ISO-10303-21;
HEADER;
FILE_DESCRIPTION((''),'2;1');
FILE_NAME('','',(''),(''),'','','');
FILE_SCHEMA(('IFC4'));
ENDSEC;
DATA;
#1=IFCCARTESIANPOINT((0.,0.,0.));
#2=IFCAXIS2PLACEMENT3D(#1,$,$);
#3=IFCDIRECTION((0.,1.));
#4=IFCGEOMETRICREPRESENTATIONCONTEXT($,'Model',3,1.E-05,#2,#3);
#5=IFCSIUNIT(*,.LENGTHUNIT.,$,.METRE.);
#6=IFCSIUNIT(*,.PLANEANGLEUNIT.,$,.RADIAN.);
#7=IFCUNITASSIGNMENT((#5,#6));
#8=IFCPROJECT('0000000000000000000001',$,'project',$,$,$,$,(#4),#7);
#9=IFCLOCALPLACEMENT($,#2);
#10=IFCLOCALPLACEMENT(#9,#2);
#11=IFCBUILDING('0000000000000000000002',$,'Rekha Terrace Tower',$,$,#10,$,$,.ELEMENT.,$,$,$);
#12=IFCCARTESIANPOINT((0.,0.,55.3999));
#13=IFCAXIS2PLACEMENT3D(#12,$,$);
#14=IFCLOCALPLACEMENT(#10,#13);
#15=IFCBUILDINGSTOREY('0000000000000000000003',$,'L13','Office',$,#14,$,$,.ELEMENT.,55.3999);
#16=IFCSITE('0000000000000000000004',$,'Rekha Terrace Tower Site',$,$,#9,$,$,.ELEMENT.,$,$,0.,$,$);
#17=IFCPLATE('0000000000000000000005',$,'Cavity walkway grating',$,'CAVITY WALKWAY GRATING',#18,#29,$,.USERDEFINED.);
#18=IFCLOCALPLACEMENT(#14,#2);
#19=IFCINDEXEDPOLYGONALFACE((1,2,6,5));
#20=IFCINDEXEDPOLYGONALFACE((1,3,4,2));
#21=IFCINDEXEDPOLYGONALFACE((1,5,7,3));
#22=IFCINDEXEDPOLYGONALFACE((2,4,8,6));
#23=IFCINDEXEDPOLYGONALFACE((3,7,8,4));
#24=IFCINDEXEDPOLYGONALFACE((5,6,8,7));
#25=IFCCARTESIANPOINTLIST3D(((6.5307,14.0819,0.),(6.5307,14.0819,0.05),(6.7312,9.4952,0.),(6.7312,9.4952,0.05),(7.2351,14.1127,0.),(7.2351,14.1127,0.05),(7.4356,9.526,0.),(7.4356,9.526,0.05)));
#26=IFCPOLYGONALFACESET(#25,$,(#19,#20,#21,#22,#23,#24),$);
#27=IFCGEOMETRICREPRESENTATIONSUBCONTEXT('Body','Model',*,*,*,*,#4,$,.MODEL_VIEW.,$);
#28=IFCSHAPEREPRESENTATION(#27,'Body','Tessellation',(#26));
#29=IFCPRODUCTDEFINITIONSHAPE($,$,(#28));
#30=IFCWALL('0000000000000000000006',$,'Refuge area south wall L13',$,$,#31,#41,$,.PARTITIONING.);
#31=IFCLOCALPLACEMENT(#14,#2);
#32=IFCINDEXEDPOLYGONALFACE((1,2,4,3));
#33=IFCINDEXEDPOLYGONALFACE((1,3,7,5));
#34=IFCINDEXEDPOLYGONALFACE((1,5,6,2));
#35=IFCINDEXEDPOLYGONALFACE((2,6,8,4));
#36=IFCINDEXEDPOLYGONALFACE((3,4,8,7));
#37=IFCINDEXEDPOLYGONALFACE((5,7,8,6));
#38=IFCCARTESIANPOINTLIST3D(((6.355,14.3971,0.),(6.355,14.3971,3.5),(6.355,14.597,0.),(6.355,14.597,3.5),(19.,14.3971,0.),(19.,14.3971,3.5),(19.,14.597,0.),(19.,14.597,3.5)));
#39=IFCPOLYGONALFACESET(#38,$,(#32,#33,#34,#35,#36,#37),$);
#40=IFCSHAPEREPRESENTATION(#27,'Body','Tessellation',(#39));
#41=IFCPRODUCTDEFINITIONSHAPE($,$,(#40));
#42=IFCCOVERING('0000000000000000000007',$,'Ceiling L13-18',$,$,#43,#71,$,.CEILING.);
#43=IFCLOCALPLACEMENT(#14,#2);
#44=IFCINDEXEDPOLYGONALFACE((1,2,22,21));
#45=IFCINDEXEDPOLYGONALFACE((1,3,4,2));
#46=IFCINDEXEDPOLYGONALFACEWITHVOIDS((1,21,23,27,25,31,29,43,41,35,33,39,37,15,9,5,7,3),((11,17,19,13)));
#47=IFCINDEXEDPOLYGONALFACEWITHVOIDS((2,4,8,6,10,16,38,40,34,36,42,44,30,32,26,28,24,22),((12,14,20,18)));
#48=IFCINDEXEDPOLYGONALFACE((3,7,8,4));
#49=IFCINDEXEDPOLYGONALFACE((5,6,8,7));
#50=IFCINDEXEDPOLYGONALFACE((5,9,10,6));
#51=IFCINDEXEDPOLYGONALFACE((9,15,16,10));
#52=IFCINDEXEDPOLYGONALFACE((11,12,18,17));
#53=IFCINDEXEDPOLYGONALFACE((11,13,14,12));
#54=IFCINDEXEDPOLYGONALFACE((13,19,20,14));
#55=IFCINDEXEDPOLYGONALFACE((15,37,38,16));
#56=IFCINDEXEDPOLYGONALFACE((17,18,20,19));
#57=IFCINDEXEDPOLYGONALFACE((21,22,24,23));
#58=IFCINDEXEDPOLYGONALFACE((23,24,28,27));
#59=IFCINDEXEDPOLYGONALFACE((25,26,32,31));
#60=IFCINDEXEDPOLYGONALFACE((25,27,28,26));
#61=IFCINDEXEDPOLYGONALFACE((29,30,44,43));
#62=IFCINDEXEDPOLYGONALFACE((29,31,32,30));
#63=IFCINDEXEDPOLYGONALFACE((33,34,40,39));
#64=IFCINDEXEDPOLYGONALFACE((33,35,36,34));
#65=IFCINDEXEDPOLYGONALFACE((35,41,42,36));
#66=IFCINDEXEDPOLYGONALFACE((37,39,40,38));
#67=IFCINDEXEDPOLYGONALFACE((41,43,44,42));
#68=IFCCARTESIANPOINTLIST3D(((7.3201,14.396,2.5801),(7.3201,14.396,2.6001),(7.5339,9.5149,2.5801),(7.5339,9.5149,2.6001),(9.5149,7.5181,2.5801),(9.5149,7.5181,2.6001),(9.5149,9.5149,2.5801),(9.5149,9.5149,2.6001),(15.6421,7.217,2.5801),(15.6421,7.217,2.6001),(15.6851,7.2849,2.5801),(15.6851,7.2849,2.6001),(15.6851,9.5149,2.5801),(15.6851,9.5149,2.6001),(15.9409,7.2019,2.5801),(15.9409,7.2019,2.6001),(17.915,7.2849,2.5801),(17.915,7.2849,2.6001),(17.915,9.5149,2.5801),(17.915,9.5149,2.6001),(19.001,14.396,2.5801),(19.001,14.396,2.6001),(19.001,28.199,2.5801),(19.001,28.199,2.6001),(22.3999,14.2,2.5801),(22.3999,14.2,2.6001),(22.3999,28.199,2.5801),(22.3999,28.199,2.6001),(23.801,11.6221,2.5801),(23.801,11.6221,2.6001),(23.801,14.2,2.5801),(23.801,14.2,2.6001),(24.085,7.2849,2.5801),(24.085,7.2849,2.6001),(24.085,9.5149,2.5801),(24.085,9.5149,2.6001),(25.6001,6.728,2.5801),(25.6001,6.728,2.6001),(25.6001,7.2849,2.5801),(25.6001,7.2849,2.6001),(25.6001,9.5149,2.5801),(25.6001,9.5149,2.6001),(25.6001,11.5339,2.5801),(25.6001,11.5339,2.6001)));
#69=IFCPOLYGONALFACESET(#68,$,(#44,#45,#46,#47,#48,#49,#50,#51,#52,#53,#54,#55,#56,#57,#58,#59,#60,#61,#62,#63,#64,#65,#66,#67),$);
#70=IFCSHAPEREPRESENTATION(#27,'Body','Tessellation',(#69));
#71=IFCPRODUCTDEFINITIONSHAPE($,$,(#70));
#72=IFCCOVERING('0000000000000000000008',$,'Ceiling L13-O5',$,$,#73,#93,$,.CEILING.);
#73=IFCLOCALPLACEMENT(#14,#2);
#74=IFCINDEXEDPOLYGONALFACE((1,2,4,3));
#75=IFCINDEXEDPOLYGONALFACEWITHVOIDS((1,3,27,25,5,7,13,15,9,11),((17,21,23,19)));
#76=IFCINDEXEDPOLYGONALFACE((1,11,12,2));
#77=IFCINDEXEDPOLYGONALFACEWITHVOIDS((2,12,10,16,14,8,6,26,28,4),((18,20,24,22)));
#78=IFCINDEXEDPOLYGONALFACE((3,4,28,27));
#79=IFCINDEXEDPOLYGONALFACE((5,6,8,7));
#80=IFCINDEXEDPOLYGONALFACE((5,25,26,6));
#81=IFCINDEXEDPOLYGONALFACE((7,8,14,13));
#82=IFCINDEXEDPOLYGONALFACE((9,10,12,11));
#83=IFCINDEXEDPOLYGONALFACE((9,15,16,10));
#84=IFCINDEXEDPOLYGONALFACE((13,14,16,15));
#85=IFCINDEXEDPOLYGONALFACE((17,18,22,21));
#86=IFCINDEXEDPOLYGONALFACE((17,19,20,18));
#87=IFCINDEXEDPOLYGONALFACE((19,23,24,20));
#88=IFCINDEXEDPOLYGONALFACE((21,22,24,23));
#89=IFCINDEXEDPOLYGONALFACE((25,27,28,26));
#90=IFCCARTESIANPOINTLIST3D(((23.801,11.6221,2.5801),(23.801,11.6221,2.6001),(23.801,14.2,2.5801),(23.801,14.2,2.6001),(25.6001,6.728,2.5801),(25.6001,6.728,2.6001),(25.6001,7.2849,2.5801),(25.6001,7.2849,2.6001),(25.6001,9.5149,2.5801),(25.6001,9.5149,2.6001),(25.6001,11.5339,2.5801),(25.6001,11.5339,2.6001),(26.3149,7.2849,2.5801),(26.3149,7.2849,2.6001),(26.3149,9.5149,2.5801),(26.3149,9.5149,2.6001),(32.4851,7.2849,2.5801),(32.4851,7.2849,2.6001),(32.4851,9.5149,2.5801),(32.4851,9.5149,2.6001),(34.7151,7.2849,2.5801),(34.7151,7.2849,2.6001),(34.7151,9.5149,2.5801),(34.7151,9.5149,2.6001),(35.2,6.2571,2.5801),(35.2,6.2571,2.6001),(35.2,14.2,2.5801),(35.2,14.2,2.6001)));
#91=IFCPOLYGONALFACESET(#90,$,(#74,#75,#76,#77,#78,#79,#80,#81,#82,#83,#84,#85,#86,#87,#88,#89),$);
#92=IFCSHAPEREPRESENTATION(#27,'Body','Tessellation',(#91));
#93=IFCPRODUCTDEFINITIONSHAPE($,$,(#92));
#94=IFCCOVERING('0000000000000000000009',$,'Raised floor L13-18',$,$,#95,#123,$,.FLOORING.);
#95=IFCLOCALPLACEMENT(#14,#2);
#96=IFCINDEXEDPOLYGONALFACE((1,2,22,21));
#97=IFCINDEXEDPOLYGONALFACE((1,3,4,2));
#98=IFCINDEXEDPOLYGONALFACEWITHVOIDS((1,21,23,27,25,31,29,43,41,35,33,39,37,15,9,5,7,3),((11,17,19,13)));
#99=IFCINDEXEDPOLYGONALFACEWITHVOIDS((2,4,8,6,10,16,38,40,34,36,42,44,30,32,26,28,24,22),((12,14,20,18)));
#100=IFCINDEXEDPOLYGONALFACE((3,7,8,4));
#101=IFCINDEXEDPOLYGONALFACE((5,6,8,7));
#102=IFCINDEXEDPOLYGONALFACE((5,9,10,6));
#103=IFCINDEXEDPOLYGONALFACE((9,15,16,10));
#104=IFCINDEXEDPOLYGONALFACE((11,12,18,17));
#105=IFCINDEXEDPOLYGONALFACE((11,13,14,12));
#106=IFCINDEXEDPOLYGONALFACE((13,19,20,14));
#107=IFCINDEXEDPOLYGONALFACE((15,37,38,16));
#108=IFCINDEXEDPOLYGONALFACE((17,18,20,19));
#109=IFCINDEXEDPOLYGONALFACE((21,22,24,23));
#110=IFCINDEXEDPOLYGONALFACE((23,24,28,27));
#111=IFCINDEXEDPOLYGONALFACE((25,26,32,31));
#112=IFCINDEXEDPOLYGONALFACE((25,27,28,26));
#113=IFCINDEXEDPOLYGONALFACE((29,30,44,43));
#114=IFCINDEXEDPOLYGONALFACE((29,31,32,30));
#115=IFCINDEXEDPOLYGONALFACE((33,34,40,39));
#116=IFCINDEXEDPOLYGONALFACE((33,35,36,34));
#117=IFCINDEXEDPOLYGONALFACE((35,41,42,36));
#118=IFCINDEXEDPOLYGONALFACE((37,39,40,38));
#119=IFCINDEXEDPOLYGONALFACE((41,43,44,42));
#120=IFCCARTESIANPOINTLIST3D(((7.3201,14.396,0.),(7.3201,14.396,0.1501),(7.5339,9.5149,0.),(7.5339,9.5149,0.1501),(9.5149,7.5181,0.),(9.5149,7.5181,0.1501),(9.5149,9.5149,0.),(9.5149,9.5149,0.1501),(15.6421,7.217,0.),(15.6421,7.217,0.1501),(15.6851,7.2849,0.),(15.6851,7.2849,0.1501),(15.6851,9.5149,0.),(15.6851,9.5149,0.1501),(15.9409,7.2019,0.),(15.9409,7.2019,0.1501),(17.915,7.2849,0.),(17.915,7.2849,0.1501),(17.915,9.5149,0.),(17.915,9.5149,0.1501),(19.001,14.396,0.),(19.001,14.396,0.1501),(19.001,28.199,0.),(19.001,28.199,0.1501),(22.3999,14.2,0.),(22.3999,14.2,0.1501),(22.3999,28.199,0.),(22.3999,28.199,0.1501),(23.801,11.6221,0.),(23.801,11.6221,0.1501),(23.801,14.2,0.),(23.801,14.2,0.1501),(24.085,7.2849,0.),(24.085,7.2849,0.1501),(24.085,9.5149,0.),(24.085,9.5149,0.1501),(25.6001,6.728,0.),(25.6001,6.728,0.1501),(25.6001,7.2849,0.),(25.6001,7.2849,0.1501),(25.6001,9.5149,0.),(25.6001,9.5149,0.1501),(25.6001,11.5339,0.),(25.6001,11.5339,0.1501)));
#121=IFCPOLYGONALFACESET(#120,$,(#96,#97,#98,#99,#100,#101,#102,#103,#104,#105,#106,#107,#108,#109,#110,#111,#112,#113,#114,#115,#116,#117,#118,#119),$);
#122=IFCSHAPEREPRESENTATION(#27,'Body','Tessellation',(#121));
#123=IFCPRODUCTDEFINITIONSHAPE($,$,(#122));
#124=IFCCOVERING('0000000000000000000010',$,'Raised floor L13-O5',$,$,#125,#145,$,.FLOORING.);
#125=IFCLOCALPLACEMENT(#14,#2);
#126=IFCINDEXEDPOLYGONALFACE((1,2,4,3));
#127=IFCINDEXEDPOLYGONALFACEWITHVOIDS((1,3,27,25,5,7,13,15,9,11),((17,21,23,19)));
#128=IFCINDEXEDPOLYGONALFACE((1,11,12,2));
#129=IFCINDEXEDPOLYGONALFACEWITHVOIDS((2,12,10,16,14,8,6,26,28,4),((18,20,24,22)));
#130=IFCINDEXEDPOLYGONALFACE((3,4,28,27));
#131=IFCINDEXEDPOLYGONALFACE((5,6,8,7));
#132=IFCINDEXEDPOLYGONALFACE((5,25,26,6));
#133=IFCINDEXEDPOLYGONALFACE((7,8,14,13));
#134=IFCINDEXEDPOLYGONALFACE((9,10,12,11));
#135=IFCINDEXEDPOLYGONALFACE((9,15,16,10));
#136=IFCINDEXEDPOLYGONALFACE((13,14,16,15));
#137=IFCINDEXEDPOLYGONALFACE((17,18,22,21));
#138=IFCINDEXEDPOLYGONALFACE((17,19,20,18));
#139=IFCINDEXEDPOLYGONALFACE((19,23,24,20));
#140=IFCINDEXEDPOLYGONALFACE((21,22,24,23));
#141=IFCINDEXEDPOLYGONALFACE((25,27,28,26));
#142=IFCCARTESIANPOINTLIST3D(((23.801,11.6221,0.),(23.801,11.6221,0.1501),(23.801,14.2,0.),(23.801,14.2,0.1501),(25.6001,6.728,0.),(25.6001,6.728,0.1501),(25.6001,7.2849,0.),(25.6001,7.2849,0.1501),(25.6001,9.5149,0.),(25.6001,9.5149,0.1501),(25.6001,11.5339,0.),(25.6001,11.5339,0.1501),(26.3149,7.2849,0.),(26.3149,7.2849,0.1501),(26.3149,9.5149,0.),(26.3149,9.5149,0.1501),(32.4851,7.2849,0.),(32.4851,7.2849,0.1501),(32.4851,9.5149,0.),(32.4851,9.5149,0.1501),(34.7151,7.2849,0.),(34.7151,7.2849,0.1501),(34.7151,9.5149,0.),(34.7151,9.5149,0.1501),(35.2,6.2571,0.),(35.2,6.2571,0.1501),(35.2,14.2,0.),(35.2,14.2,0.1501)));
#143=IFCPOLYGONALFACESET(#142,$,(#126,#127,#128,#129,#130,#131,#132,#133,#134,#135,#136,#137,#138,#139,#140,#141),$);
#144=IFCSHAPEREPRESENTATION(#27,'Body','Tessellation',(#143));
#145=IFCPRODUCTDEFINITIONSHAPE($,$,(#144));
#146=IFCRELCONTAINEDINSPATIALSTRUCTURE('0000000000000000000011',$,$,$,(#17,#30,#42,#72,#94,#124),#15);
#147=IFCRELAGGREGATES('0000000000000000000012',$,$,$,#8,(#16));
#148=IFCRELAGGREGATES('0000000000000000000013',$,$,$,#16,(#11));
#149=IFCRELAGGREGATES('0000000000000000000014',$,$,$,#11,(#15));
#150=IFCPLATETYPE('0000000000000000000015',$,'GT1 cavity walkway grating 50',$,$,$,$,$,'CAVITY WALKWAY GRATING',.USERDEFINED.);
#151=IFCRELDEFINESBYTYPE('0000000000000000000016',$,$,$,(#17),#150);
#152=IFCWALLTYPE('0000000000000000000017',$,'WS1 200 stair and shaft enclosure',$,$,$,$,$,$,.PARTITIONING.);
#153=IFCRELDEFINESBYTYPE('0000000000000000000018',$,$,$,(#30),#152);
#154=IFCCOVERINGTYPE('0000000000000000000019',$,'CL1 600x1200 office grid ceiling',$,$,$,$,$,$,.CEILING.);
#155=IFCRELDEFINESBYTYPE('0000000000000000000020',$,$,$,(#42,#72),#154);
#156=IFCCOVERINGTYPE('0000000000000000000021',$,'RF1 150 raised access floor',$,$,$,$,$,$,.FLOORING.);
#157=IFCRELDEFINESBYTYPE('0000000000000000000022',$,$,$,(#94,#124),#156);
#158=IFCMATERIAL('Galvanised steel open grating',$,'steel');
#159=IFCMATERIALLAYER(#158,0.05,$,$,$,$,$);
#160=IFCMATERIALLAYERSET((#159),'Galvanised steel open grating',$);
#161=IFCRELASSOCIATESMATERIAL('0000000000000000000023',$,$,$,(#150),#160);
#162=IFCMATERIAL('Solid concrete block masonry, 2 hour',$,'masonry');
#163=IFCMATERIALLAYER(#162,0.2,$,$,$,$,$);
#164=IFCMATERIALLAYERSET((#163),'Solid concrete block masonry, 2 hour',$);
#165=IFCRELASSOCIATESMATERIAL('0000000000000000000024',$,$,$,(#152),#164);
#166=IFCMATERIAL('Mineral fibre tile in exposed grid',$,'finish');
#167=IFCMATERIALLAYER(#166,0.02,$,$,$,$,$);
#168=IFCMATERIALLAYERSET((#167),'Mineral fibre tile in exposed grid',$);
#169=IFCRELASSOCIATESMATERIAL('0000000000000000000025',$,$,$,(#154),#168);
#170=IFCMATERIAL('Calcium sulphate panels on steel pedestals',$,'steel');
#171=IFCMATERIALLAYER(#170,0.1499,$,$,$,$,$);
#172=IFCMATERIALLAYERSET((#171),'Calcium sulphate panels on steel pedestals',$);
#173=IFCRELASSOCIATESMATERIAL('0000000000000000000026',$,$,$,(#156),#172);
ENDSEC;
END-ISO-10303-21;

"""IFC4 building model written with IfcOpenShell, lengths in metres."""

from ifc_helpers import new_model, si_unit, direction, frame, frame_2d, origin, origin_2d, place, context, subcontext, project, spatial, polyline, rectangle, outline, extrude, material, layer, layer_set, type_object, element, save


model = new_model("IFC4")

# Units and contexts
model_context = context("Model", 3, precision=1e-05, world=origin(), true_north=direction((0.0, 1.0)))
body_context = subcontext(model_context, "Body", "Model", "MODEL_VIEW")
ifc_project = project(units=[si_unit("LENGTHUNIT", "METRE"), si_unit("PLANEANGLEUNIT", "RADIAN")], contexts=[model_context])

# Site, building, storey
site_placement = place(None, origin())
site = spatial("IfcSite", under=ifc_project, at=site_placement, Name="Rekha Terrace Tower Site", CompositionType="ELEMENT", RefElevation=0.0)
building_placement = place(site_placement, origin())
building = spatial("IfcBuilding", under=site, at=building_placement, Name="Rekha Terrace Tower", CompositionType="ELEMENT")
storey_placement = place(building_placement, frame((0.0, 0.0, 55.3999)))
storey = spatial("IfcBuildingStorey", under=building, at=storey_placement, Name="L13", Description="Office", CompositionType="ELEMENT", Elevation=55.3999)

# Plate
ifc_material_1 = material(Name="Galvanised steel open grating", Category="steel")
ifc_layer_1 = layer(ifc_material_1, 0.05)
ifc_layer_set_1 = layer_set([ifc_layer_1], Name="Galvanised steel open grating")
plate_type_1 = type_object("IfcPlateType", Name="GT1 cavity walkway grating 50", ElementType="CAVITY WALKWAY GRATING", PredefinedType="USERDEFINED", material=ifc_layer_set_1)
plate_1_placement = place(storey_placement, frame((6.9832, 11.804, 0.0), z_axis=(0.0, 0.0, 1.0), x_axis=(0.043683, -0.999045, 0.0)))
element("IfcPlate", 1, at=plate_1_placement, inside=storey, type_object=plate_type_1, Name="Cavity walkway grating", ObjectType="CAVITY WALKWAY GRATING", PredefinedType="USERDEFINED", context=body_context, shape_type="SweptSolid", body=[
    extrude(rectangle(XDim=4.5911, YDim=0.7051, at=origin_2d()), origin(), (0.0, 0.0, 1.0), 0.05),
])

# Wall
ifc_material_2 = material(Name="Solid concrete block masonry, 2 hour", Category="masonry")
ifc_layer_2 = layer(ifc_material_2, 0.2)
ifc_layer_set_2 = layer_set([ifc_layer_2], Name="Solid concrete block masonry, 2 hour")
wall_type = type_object("IfcWallType", Name="WS1 200 stair and shaft enclosure", PredefinedType="PARTITIONING", material=ifc_layer_set_2)
wall_placement = place(storey_placement, frame((6.355, 14.4971, 0.0), z_axis=(0.0, 0.0, 1.0), x_axis=(1.0, 0.0, 0.0)))
element("IfcWall", 2, at=wall_placement, inside=storey, type_object=wall_type, Name="Refuge area south wall L13", PredefinedType="PARTITIONING", context=body_context, shape_type="SweptSolid", body=[
    extrude(rectangle(XDim=12.645, YDim=0.2, at=frame_2d((6.3225, 0.0))), origin(), (0.0, 0.0, 1.0), 3.5),
])

# Coverings
ifc_material_3 = material(Name="Mineral fibre tile in exposed grid", Category="finish")
ifc_layer_3 = layer(ifc_material_3, 0.02)
ifc_layer_set_3 = layer_set([ifc_layer_3], Name="Mineral fibre tile in exposed grid")
covering_type_1 = type_object("IfcCoveringType", Name="CL1 600x1200 office grid ceiling", PredefinedType="CEILING", material=ifc_layer_set_3)
covering_1_placement = place(storey_placement, frame((0.0, 0.0, 2.5801)))
element("IfcCovering", 3, at=covering_1_placement, inside=storey, type_object=covering_type_1, Name="Ceiling L13-18", PredefinedType="CEILING", context=body_context, shape_type="SweptSolid", body=[
    extrude(outline(polyline([(19.001, 28.199), (19.001, 14.396), (7.3201, 14.396), (7.5339, 9.5149), (9.5149, 9.5149), (9.5149, 7.5181), (15.6421, 7.217), (15.9409, 7.2019), (25.6001, 6.728), (25.6001, 7.2849), (24.085, 7.2849), (24.085, 9.5149), (25.6001, 9.5149), (25.6001, 11.5339), (23.801, 11.6221), (23.801, 14.2), (22.3999, 14.2), (22.3999, 28.199), (19.001, 28.199)]), holes=[polyline([(17.915, 7.2849), (15.6851, 7.2849), (15.6851, 9.5149), (17.915, 9.5149), (17.915, 7.2849)])]), origin(), (0.0, 0.0, 1.0), 0.02),
])
covering_2_placement = place(storey_placement, frame((0.0, 0.0, 2.5801)))
element("IfcCovering", 4, at=covering_2_placement, inside=storey, type_object=covering_type_1, Name="Ceiling L13-O5", PredefinedType="CEILING", context=body_context, shape_type="SweptSolid", body=[
    extrude(outline(polyline([(25.6001, 7.2849), (25.6001, 6.728), (35.2, 6.2571), (35.2, 14.2), (23.801, 14.2), (23.801, 11.6221), (25.6001, 11.5339), (25.6001, 9.5149), (26.3149, 9.5149), (26.3149, 7.2849), (25.6001, 7.2849)]), holes=[polyline([(34.7151, 7.2849), (32.4851, 7.2849), (32.4851, 9.5149), (34.7151, 9.5149), (34.7151, 7.2849)])]), origin(), (0.0, 0.0, 1.0), 0.02),
])

# Coverings
ifc_material_4 = material(Name="Calcium sulphate panels on steel pedestals", Category="steel")
ifc_layer_4 = layer(ifc_material_4, 0.1499)
ifc_layer_set_4 = layer_set([ifc_layer_4], Name="Calcium sulphate panels on steel pedestals")
covering_type_2 = type_object("IfcCoveringType", Name="RF1 150 raised access floor", PredefinedType="FLOORING", material=ifc_layer_set_4)
covering_3_placement = place(storey_placement, origin())
element("IfcCovering", 5, at=covering_3_placement, inside=storey, type_object=covering_type_2, Name="Raised floor L13-18", PredefinedType="FLOORING", context=body_context, shape_type="SweptSolid", body=[
    extrude(outline(polyline([(19.001, 28.199), (19.001, 14.396), (7.3201, 14.396), (7.5339, 9.5149), (9.5149, 9.5149), (9.5149, 7.5181), (15.6421, 7.217), (15.9409, 7.2019), (25.6001, 6.728), (25.6001, 7.2849), (24.085, 7.2849), (24.085, 9.5149), (25.6001, 9.5149), (25.6001, 11.5339), (23.801, 11.6221), (23.801, 14.2), (22.3999, 14.2), (22.3999, 28.199), (19.001, 28.199)]), holes=[polyline([(17.915, 7.2849), (15.6851, 7.2849), (15.6851, 9.5149), (17.915, 9.5149), (17.915, 7.2849)])]), origin(), (0.0, 0.0, 1.0), 0.1501),
])
covering_4_placement = place(storey_placement, origin())
element("IfcCovering", 6, at=covering_4_placement, inside=storey, type_object=covering_type_2, Name="Raised floor L13-O5", PredefinedType="FLOORING", context=body_context, shape_type="SweptSolid", body=[
    extrude(outline(polyline([(25.6001, 7.2849), (25.6001, 6.728), (35.2, 6.2571), (35.2, 14.2), (23.801, 14.2), (23.801, 11.6221), (25.6001, 11.5339), (25.6001, 9.5149), (26.3149, 9.5149), (26.3149, 7.2849), (25.6001, 7.2849)]), holes=[polyline([(34.7151, 7.2849), (32.4851, 7.2849), (32.4851, 9.5149), (34.7151, 9.5149), (34.7151, 7.2849)])]), origin(), (0.0, 0.0, 1.0), 0.1501),
])

save(model, "model.ifc")
